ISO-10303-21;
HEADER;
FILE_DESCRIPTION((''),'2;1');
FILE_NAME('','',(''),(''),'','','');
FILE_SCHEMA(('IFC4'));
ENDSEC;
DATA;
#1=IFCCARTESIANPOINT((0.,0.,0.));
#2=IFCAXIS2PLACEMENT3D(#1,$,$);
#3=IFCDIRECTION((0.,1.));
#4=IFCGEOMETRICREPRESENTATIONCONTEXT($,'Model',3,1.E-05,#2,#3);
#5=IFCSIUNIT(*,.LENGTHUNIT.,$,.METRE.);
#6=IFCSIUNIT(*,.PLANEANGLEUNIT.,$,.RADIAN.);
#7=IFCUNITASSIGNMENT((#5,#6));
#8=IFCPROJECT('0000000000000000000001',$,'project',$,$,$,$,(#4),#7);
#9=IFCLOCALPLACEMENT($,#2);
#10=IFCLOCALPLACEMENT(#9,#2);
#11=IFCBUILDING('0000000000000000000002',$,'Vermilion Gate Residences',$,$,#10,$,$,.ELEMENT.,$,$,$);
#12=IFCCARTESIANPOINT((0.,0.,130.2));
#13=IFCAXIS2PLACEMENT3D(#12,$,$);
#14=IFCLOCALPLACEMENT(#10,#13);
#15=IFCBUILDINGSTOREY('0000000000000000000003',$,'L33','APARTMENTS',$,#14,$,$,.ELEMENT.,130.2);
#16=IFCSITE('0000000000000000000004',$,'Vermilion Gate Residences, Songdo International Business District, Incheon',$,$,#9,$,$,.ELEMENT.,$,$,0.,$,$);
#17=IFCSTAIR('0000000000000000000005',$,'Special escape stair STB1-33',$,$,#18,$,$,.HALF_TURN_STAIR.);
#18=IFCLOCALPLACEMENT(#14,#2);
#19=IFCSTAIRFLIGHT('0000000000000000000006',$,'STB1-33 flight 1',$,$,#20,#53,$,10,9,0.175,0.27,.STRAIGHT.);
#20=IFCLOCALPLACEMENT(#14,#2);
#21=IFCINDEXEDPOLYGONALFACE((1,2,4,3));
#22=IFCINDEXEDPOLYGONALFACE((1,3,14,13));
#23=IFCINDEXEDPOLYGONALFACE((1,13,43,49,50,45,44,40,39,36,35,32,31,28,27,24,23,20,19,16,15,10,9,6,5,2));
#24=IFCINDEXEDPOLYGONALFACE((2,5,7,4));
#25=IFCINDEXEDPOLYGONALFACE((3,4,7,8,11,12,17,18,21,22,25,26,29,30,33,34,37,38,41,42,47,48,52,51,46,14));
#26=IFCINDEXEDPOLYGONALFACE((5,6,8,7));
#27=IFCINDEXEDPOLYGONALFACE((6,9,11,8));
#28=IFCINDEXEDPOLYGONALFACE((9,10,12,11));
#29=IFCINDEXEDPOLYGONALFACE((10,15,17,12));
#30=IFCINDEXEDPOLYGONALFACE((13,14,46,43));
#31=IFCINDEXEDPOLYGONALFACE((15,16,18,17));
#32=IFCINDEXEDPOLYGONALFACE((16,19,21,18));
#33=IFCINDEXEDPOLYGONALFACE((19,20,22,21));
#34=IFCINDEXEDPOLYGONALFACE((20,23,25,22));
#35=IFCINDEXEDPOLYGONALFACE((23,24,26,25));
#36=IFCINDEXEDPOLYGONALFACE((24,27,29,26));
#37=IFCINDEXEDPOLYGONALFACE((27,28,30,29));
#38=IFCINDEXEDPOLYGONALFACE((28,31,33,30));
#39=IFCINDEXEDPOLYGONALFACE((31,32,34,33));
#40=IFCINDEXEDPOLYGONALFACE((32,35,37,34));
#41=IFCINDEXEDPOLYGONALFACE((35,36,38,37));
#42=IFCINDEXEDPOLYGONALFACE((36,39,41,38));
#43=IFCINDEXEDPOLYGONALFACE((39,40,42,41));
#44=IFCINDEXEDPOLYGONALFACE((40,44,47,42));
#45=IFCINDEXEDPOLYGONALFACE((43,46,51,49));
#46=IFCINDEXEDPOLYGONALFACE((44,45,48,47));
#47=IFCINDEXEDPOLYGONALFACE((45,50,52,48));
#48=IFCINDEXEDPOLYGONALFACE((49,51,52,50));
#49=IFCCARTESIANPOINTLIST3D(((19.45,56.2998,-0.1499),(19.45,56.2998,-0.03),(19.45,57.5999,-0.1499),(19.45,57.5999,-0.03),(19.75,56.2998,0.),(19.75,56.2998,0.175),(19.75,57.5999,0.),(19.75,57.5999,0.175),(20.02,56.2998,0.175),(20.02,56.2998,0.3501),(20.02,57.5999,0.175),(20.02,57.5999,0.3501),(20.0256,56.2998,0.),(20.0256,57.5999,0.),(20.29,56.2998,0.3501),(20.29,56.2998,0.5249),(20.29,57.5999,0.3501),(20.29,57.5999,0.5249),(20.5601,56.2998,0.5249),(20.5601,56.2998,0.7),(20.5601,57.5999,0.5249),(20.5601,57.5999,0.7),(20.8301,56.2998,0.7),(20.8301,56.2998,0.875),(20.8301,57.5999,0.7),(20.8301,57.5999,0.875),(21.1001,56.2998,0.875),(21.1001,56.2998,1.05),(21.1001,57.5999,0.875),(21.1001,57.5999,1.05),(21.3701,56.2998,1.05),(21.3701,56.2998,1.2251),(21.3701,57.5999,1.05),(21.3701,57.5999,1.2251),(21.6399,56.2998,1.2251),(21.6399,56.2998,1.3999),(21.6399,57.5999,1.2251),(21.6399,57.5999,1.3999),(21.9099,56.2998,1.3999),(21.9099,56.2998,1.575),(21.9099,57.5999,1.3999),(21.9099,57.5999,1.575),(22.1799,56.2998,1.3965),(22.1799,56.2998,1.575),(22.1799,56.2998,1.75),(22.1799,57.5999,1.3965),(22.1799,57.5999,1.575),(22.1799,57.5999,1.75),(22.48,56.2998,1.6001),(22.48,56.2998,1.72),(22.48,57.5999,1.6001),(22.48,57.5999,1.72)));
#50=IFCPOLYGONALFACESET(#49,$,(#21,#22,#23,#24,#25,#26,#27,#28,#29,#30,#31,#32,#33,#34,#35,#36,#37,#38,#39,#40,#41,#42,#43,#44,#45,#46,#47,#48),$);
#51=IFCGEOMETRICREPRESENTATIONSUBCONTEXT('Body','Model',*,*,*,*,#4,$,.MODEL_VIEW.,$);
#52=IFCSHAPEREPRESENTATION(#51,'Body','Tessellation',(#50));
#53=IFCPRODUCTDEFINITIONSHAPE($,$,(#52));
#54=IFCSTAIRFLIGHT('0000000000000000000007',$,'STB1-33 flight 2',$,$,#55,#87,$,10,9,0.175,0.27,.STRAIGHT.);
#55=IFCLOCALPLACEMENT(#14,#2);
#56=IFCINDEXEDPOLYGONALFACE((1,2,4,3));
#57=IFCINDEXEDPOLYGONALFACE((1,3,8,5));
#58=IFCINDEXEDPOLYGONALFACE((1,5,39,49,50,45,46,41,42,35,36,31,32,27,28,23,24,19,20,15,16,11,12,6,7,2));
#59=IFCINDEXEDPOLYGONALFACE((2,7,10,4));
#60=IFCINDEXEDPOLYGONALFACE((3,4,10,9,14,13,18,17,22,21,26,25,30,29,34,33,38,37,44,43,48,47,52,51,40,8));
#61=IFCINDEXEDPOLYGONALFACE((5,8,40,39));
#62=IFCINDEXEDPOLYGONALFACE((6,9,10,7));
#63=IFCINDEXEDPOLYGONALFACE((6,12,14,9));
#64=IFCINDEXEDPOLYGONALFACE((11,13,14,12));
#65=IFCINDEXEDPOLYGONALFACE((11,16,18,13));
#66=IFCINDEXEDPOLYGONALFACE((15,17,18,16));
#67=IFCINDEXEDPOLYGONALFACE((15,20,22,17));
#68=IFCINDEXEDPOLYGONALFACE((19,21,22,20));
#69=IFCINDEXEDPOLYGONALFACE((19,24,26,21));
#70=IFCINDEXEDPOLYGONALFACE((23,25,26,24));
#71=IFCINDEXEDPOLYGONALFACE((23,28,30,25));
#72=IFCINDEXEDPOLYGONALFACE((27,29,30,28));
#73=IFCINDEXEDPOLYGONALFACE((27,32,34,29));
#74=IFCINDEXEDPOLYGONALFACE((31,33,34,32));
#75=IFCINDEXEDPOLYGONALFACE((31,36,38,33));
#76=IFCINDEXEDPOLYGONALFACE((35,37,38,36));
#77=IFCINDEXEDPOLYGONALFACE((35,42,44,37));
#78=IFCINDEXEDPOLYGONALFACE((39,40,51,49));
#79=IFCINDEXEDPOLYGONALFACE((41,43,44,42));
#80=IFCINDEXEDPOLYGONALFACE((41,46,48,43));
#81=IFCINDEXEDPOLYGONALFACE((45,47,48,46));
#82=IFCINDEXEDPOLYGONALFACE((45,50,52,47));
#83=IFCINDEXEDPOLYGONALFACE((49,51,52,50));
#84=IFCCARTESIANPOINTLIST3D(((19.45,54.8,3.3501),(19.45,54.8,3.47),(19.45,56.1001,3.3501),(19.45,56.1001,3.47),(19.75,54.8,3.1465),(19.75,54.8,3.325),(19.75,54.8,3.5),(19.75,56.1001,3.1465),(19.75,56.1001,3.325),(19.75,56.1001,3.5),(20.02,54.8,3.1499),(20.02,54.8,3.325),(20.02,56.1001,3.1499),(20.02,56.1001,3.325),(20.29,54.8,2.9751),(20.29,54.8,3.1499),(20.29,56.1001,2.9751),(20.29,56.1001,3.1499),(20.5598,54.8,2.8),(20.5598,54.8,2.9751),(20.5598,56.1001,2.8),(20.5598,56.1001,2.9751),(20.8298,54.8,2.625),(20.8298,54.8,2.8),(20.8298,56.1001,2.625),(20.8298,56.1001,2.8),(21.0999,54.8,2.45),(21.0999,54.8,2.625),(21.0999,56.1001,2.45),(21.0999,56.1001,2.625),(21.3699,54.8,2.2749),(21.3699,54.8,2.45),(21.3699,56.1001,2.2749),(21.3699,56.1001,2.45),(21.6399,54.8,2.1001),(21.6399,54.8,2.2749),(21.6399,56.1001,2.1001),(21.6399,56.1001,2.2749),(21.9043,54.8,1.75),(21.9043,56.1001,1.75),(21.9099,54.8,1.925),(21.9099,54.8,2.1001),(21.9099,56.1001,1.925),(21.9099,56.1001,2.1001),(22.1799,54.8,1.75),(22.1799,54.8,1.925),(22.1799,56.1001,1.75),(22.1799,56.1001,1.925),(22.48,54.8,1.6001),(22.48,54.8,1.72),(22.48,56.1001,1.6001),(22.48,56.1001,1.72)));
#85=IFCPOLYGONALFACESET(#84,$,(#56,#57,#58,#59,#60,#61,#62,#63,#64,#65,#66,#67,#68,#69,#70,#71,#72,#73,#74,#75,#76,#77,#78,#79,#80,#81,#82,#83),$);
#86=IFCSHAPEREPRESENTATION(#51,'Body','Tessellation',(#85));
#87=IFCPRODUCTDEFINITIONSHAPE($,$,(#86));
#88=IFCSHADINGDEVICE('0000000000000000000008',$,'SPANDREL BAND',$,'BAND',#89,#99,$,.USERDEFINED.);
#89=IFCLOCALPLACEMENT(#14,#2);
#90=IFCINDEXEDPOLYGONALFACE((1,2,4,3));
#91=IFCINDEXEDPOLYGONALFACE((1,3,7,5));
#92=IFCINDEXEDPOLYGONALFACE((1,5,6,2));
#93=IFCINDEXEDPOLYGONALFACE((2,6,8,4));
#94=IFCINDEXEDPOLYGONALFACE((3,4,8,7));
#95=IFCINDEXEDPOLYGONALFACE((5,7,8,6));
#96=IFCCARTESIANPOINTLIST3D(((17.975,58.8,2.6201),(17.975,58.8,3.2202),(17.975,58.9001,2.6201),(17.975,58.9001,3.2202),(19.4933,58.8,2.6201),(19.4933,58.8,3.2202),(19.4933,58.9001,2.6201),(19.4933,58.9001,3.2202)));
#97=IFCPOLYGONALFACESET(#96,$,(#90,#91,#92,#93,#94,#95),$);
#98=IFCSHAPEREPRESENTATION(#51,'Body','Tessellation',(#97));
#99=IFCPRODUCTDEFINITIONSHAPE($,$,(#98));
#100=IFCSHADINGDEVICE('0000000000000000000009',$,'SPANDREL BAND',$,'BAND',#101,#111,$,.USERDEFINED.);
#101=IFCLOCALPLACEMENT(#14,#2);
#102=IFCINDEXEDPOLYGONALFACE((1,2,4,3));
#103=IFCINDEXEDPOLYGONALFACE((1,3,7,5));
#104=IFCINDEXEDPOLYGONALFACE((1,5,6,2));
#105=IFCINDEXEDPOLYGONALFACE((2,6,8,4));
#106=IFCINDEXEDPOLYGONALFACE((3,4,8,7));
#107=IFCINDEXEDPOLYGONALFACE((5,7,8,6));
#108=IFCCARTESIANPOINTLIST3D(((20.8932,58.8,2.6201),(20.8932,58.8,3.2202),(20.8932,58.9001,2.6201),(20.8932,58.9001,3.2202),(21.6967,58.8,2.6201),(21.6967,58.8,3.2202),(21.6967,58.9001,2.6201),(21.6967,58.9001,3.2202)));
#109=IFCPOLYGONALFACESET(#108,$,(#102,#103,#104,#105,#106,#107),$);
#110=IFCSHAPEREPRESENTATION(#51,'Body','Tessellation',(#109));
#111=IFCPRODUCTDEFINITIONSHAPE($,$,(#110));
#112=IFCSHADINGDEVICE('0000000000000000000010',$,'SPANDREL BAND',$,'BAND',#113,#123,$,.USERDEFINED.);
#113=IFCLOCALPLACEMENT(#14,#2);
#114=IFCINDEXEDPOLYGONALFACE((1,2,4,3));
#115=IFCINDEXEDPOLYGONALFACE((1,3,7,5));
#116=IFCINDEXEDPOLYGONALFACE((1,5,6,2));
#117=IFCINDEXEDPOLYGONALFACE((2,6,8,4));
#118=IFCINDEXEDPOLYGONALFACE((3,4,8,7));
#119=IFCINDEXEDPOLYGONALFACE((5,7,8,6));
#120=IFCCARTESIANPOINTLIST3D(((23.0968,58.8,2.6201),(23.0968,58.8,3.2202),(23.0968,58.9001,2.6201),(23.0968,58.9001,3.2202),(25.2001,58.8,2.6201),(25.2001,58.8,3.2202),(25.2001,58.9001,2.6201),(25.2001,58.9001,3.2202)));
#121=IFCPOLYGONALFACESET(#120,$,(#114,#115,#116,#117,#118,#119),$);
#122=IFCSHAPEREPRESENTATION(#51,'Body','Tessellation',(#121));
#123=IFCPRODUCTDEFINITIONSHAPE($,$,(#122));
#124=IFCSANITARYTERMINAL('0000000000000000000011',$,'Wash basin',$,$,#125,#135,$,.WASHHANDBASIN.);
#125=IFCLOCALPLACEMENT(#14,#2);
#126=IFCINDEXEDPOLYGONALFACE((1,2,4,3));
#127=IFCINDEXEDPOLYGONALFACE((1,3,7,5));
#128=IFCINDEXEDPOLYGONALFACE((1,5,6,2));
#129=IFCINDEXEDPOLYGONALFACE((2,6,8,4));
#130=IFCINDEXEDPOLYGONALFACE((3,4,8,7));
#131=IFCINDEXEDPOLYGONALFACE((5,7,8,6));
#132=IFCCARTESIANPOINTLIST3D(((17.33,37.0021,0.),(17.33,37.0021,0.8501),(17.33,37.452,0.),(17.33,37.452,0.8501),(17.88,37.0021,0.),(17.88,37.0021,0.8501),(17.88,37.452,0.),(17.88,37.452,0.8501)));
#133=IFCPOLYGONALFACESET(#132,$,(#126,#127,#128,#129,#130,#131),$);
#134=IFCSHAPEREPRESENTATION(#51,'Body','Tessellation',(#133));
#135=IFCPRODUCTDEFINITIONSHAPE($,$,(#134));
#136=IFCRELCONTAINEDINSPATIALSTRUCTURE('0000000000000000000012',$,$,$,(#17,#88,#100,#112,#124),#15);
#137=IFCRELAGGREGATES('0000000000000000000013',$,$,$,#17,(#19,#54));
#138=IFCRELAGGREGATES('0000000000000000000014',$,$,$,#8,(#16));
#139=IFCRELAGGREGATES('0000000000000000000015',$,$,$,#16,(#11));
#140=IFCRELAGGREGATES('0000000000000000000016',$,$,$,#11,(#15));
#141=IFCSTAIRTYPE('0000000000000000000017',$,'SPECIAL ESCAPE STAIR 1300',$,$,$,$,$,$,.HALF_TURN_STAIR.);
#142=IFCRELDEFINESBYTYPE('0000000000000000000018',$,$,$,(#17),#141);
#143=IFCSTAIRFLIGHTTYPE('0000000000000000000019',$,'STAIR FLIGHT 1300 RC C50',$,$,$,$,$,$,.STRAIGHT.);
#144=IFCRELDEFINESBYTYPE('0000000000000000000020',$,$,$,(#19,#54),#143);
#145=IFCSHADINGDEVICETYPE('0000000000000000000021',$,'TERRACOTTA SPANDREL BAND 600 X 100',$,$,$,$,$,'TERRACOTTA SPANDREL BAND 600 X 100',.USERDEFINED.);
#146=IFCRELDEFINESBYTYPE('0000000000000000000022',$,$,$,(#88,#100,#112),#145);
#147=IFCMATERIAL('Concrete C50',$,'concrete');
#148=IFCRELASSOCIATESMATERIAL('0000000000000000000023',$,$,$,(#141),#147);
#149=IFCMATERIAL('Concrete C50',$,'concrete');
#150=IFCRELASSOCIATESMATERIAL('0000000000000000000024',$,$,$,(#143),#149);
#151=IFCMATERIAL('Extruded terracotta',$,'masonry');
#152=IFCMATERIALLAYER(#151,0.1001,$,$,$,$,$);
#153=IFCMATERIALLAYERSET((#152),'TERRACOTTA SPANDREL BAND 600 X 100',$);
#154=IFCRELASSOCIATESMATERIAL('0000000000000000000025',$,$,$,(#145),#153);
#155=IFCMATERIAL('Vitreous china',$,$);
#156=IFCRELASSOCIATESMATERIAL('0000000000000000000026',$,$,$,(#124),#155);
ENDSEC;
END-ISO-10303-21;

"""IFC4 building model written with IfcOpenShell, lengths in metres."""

from ifc_helpers import new_model, si_unit, direction, frame, origin, origin_2d, place, context, subcontext, project, spatial, polyline, rectangle, outline, extrude, material, layer, layer_set, type_object, element, aggregate, save


model = new_model("IFC4")

# Units and contexts
model_context = context("Model", 3, precision=1e-05, world=origin(), true_north=direction((0.0, 1.0)))
body_context = subcontext(model_context, "Body", "Model", "MODEL_VIEW")
ifc_project = project(units=[si_unit("LENGTHUNIT", "METRE"), si_unit("PLANEANGLEUNIT", "RADIAN")], contexts=[model_context])

# Site, building, storey
site_placement = place(None, origin())
site = spatial("IfcSite", under=ifc_project, at=site_placement, Name="Vermilion Gate Residences, Songdo International Business District, Incheon", CompositionType="ELEMENT", RefElevation=0.0)
building_placement = place(site_placement, origin())
building = spatial("IfcBuilding", under=site, at=building_placement, Name="Vermilion Gate Residences", CompositionType="ELEMENT")
storey_placement = place(building_placement, frame((0.0, 0.0, 130.2)))
storey = spatial("IfcBuildingStorey", under=building, at=storey_placement, Name="L33", Description="APARTMENTS", CompositionType="ELEMENT", Elevation=130.2)

# Stair, stair flights
ifc_material_1 = material(Name="Concrete C50", Category="concrete")
stair_type = type_object("IfcStairType", Name="SPECIAL ESCAPE STAIR 1300", PredefinedType="HALF_TURN_STAIR", material=ifc_material_1)
stair_placement = place(storey_placement, origin())
stair = element("IfcStair", 1, at=stair_placement, inside=storey, type_object=stair_type, Name="Special escape stair STB1-33", PredefinedType="HALF_TURN_STAIR")
ifc_material_2 = material(Name="Concrete C50", Category="concrete")
stair_flight_type = type_object("IfcStairFlightType", Name="STAIR FLIGHT 1300 RC C50", PredefinedType="STRAIGHT", material=ifc_material_2)
stair_flight_1_placement = place(storey_placement, frame((19.75, 56.95, 0.0), z_axis=(0.0, 0.0, 1.0), x_axis=(1.0, 0.0, 0.0)))
stair_flight_1 = element("IfcStairFlight", 2, at=stair_flight_1_placement, type_object=stair_flight_type, Name="STB1-33 flight 1", NumberOfRisers=10, NumberOfTreads=9, PredefinedType="STRAIGHT", RiserHeight=0.175, TreadLength=0.27, context=body_context, shape_type="SweptSolid", body=[
    extrude(outline(polyline([(-0.3, -0.1499), (-0.3, -0.03), (0.0, 0.0), (0.0, 0.175), (0.27, 0.175), (0.27, 0.3501), (0.54, 0.3501), (0.54, 0.5249), (0.8101, 0.5249), (0.8101, 0.7), (1.0801, 0.7), (1.0801, 0.875), (1.3501, 0.875), (1.3501, 1.05), (1.6201, 1.05), (1.6201, 1.2251), (1.8899, 1.2251), (1.8899, 1.3999), (2.1599, 1.3999), (2.1599, 1.575), (2.4299, 1.575), (2.4299, 1.75), (2.73, 1.72), (2.73, 1.6001), (2.4299, 1.3965), (0.2756, 0.0), (-0.3, -0.1499)])), frame((0.0, 0.6499, 0.0), z_axis=(0.0, -1.0, 0.0), x_axis=(1.0, 0.0, 0.0)), (0.0, 0.0, 1.0), 1.3),
])
stair_flight_2_placement = place(storey_placement, frame((22.1799, 55.45, 1.75), z_axis=(0.0, 0.0, 1.0), x_axis=(-1.0, 0.0, 0.0)))
stair_flight_2 = element("IfcStairFlight", 3, at=stair_flight_2_placement, type_object=stair_flight_type, Name="STB1-33 flight 2", NumberOfRisers=10, NumberOfTreads=9, PredefinedType="STRAIGHT", RiserHeight=0.175, TreadLength=0.27, context=body_context, shape_type="SweptSolid", body=[
    extrude(outline(polyline([(-0.3, -0.1499), (-0.3, -0.03), (0.0, 0.0), (0.0, 0.175), (0.27, 0.175), (0.27, 0.3501), (0.54, 0.3501), (0.54, 0.5249), (0.8101, 0.5249), (0.8101, 0.7), (1.0801, 0.7), (1.0801, 0.875), (1.3501, 0.875), (1.3501, 1.05), (1.6201, 1.05), (1.6201, 1.2251), (1.8899, 1.2251), (1.8899, 1.3999), (2.1599, 1.3999), (2.1599, 1.575), (2.4299, 1.575), (2.4299, 1.75), (2.73, 1.72), (2.73, 1.6001), (2.4299, 1.3965), (0.2756, 0.0), (-0.3, -0.1499)])), frame((0.0, 0.6499, 0.0), z_axis=(0.0, -1.0, 0.0), x_axis=(1.0, 0.0, 0.0)), (0.0, 0.0, 1.0), 1.3),
])
aggregate(stair, [stair_flight_1, stair_flight_2])

# Shading devices
ifc_material_3 = material(Name="Extruded terracotta", Category="masonry")
ifc_layer_1 = layer(ifc_material_3, 0.1001)
ifc_layer_set_1 = layer_set([ifc_layer_1], Name="TERRACOTTA SPANDREL BAND 600 X 100")
shading_device_type = type_object("IfcShadingDeviceType", Name="TERRACOTTA SPANDREL BAND 600 X 100", ElementType="TERRACOTTA SPANDREL BAND 600 X 100", PredefinedType="USERDEFINED", material=ifc_layer_set_1)
shading_device_1_placement = place(storey_placement, frame((18.7341, 58.8501, 2.6201), z_axis=(0.0, 0.0, 1.0), x_axis=(1.0, 0.0, 0.0)))
element("IfcShadingDevice", 4, at=shading_device_1_placement, inside=storey, type_object=shading_device_type, Name="SPANDREL BAND", ObjectType="BAND", PredefinedType="USERDEFINED", context=body_context, shape_type="SweptSolid", body=[
    extrude(rectangle(XDim=1.5183, YDim=0.1001, at=origin_2d()), origin(), (0.0, 0.0, 1.0), 0.6001),
])
shading_device_2_placement = place(storey_placement, frame((21.2949, 58.8501, 2.6201), z_axis=(0.0, 0.0, 1.0), x_axis=(1.0, 0.0, 0.0)))
element("IfcShadingDevice", 5, at=shading_device_2_placement, inside=storey, type_object=shading_device_type, Name="SPANDREL BAND", ObjectType="BAND", PredefinedType="USERDEFINED", context=body_context, shape_type="SweptSolid", body=[
    extrude(rectangle(XDim=0.8035, YDim=0.1001, at=origin_2d()), origin(), (0.0, 0.0, 1.0), 0.6001),
])
shading_device_3_placement = place(storey_placement, frame((24.1484, 58.8501, 2.6201), z_axis=(0.0, 0.0, 1.0), x_axis=(1.0, 0.0, 0.0)))
element("IfcShadingDevice", 6, at=shading_device_3_placement, inside=storey, type_object=shading_device_type, Name="SPANDREL BAND", ObjectType="BAND", PredefinedType="USERDEFINED", context=body_context, shape_type="SweptSolid", body=[
    extrude(rectangle(XDim=2.1033, YDim=0.1001, at=origin_2d()), origin(), (0.0, 0.0, 1.0), 0.6001),
])

# Sanitary terminal
ifc_material_4 = material(Name="Vitreous china")
sanitary_terminal_placement = place(storey_placement, frame((17.605, 37.2271, 0.0), z_axis=(0.0, 0.0, 1.0), x_axis=(1.0, 0.0, 0.0)))
element("IfcSanitaryTerminal", 7, at=sanitary_terminal_placement, inside=storey, material=ifc_material_4, Name="Wash basin", PredefinedType="WASHHANDBASIN", context=body_context, shape_type="SweptSolid", body=[
    extrude(rectangle(XDim=0.55, YDim=0.45, at=origin_2d()), origin(), (0.0, 0.0, 1.0), 0.8501),
])

save(model, "model.ifc")
